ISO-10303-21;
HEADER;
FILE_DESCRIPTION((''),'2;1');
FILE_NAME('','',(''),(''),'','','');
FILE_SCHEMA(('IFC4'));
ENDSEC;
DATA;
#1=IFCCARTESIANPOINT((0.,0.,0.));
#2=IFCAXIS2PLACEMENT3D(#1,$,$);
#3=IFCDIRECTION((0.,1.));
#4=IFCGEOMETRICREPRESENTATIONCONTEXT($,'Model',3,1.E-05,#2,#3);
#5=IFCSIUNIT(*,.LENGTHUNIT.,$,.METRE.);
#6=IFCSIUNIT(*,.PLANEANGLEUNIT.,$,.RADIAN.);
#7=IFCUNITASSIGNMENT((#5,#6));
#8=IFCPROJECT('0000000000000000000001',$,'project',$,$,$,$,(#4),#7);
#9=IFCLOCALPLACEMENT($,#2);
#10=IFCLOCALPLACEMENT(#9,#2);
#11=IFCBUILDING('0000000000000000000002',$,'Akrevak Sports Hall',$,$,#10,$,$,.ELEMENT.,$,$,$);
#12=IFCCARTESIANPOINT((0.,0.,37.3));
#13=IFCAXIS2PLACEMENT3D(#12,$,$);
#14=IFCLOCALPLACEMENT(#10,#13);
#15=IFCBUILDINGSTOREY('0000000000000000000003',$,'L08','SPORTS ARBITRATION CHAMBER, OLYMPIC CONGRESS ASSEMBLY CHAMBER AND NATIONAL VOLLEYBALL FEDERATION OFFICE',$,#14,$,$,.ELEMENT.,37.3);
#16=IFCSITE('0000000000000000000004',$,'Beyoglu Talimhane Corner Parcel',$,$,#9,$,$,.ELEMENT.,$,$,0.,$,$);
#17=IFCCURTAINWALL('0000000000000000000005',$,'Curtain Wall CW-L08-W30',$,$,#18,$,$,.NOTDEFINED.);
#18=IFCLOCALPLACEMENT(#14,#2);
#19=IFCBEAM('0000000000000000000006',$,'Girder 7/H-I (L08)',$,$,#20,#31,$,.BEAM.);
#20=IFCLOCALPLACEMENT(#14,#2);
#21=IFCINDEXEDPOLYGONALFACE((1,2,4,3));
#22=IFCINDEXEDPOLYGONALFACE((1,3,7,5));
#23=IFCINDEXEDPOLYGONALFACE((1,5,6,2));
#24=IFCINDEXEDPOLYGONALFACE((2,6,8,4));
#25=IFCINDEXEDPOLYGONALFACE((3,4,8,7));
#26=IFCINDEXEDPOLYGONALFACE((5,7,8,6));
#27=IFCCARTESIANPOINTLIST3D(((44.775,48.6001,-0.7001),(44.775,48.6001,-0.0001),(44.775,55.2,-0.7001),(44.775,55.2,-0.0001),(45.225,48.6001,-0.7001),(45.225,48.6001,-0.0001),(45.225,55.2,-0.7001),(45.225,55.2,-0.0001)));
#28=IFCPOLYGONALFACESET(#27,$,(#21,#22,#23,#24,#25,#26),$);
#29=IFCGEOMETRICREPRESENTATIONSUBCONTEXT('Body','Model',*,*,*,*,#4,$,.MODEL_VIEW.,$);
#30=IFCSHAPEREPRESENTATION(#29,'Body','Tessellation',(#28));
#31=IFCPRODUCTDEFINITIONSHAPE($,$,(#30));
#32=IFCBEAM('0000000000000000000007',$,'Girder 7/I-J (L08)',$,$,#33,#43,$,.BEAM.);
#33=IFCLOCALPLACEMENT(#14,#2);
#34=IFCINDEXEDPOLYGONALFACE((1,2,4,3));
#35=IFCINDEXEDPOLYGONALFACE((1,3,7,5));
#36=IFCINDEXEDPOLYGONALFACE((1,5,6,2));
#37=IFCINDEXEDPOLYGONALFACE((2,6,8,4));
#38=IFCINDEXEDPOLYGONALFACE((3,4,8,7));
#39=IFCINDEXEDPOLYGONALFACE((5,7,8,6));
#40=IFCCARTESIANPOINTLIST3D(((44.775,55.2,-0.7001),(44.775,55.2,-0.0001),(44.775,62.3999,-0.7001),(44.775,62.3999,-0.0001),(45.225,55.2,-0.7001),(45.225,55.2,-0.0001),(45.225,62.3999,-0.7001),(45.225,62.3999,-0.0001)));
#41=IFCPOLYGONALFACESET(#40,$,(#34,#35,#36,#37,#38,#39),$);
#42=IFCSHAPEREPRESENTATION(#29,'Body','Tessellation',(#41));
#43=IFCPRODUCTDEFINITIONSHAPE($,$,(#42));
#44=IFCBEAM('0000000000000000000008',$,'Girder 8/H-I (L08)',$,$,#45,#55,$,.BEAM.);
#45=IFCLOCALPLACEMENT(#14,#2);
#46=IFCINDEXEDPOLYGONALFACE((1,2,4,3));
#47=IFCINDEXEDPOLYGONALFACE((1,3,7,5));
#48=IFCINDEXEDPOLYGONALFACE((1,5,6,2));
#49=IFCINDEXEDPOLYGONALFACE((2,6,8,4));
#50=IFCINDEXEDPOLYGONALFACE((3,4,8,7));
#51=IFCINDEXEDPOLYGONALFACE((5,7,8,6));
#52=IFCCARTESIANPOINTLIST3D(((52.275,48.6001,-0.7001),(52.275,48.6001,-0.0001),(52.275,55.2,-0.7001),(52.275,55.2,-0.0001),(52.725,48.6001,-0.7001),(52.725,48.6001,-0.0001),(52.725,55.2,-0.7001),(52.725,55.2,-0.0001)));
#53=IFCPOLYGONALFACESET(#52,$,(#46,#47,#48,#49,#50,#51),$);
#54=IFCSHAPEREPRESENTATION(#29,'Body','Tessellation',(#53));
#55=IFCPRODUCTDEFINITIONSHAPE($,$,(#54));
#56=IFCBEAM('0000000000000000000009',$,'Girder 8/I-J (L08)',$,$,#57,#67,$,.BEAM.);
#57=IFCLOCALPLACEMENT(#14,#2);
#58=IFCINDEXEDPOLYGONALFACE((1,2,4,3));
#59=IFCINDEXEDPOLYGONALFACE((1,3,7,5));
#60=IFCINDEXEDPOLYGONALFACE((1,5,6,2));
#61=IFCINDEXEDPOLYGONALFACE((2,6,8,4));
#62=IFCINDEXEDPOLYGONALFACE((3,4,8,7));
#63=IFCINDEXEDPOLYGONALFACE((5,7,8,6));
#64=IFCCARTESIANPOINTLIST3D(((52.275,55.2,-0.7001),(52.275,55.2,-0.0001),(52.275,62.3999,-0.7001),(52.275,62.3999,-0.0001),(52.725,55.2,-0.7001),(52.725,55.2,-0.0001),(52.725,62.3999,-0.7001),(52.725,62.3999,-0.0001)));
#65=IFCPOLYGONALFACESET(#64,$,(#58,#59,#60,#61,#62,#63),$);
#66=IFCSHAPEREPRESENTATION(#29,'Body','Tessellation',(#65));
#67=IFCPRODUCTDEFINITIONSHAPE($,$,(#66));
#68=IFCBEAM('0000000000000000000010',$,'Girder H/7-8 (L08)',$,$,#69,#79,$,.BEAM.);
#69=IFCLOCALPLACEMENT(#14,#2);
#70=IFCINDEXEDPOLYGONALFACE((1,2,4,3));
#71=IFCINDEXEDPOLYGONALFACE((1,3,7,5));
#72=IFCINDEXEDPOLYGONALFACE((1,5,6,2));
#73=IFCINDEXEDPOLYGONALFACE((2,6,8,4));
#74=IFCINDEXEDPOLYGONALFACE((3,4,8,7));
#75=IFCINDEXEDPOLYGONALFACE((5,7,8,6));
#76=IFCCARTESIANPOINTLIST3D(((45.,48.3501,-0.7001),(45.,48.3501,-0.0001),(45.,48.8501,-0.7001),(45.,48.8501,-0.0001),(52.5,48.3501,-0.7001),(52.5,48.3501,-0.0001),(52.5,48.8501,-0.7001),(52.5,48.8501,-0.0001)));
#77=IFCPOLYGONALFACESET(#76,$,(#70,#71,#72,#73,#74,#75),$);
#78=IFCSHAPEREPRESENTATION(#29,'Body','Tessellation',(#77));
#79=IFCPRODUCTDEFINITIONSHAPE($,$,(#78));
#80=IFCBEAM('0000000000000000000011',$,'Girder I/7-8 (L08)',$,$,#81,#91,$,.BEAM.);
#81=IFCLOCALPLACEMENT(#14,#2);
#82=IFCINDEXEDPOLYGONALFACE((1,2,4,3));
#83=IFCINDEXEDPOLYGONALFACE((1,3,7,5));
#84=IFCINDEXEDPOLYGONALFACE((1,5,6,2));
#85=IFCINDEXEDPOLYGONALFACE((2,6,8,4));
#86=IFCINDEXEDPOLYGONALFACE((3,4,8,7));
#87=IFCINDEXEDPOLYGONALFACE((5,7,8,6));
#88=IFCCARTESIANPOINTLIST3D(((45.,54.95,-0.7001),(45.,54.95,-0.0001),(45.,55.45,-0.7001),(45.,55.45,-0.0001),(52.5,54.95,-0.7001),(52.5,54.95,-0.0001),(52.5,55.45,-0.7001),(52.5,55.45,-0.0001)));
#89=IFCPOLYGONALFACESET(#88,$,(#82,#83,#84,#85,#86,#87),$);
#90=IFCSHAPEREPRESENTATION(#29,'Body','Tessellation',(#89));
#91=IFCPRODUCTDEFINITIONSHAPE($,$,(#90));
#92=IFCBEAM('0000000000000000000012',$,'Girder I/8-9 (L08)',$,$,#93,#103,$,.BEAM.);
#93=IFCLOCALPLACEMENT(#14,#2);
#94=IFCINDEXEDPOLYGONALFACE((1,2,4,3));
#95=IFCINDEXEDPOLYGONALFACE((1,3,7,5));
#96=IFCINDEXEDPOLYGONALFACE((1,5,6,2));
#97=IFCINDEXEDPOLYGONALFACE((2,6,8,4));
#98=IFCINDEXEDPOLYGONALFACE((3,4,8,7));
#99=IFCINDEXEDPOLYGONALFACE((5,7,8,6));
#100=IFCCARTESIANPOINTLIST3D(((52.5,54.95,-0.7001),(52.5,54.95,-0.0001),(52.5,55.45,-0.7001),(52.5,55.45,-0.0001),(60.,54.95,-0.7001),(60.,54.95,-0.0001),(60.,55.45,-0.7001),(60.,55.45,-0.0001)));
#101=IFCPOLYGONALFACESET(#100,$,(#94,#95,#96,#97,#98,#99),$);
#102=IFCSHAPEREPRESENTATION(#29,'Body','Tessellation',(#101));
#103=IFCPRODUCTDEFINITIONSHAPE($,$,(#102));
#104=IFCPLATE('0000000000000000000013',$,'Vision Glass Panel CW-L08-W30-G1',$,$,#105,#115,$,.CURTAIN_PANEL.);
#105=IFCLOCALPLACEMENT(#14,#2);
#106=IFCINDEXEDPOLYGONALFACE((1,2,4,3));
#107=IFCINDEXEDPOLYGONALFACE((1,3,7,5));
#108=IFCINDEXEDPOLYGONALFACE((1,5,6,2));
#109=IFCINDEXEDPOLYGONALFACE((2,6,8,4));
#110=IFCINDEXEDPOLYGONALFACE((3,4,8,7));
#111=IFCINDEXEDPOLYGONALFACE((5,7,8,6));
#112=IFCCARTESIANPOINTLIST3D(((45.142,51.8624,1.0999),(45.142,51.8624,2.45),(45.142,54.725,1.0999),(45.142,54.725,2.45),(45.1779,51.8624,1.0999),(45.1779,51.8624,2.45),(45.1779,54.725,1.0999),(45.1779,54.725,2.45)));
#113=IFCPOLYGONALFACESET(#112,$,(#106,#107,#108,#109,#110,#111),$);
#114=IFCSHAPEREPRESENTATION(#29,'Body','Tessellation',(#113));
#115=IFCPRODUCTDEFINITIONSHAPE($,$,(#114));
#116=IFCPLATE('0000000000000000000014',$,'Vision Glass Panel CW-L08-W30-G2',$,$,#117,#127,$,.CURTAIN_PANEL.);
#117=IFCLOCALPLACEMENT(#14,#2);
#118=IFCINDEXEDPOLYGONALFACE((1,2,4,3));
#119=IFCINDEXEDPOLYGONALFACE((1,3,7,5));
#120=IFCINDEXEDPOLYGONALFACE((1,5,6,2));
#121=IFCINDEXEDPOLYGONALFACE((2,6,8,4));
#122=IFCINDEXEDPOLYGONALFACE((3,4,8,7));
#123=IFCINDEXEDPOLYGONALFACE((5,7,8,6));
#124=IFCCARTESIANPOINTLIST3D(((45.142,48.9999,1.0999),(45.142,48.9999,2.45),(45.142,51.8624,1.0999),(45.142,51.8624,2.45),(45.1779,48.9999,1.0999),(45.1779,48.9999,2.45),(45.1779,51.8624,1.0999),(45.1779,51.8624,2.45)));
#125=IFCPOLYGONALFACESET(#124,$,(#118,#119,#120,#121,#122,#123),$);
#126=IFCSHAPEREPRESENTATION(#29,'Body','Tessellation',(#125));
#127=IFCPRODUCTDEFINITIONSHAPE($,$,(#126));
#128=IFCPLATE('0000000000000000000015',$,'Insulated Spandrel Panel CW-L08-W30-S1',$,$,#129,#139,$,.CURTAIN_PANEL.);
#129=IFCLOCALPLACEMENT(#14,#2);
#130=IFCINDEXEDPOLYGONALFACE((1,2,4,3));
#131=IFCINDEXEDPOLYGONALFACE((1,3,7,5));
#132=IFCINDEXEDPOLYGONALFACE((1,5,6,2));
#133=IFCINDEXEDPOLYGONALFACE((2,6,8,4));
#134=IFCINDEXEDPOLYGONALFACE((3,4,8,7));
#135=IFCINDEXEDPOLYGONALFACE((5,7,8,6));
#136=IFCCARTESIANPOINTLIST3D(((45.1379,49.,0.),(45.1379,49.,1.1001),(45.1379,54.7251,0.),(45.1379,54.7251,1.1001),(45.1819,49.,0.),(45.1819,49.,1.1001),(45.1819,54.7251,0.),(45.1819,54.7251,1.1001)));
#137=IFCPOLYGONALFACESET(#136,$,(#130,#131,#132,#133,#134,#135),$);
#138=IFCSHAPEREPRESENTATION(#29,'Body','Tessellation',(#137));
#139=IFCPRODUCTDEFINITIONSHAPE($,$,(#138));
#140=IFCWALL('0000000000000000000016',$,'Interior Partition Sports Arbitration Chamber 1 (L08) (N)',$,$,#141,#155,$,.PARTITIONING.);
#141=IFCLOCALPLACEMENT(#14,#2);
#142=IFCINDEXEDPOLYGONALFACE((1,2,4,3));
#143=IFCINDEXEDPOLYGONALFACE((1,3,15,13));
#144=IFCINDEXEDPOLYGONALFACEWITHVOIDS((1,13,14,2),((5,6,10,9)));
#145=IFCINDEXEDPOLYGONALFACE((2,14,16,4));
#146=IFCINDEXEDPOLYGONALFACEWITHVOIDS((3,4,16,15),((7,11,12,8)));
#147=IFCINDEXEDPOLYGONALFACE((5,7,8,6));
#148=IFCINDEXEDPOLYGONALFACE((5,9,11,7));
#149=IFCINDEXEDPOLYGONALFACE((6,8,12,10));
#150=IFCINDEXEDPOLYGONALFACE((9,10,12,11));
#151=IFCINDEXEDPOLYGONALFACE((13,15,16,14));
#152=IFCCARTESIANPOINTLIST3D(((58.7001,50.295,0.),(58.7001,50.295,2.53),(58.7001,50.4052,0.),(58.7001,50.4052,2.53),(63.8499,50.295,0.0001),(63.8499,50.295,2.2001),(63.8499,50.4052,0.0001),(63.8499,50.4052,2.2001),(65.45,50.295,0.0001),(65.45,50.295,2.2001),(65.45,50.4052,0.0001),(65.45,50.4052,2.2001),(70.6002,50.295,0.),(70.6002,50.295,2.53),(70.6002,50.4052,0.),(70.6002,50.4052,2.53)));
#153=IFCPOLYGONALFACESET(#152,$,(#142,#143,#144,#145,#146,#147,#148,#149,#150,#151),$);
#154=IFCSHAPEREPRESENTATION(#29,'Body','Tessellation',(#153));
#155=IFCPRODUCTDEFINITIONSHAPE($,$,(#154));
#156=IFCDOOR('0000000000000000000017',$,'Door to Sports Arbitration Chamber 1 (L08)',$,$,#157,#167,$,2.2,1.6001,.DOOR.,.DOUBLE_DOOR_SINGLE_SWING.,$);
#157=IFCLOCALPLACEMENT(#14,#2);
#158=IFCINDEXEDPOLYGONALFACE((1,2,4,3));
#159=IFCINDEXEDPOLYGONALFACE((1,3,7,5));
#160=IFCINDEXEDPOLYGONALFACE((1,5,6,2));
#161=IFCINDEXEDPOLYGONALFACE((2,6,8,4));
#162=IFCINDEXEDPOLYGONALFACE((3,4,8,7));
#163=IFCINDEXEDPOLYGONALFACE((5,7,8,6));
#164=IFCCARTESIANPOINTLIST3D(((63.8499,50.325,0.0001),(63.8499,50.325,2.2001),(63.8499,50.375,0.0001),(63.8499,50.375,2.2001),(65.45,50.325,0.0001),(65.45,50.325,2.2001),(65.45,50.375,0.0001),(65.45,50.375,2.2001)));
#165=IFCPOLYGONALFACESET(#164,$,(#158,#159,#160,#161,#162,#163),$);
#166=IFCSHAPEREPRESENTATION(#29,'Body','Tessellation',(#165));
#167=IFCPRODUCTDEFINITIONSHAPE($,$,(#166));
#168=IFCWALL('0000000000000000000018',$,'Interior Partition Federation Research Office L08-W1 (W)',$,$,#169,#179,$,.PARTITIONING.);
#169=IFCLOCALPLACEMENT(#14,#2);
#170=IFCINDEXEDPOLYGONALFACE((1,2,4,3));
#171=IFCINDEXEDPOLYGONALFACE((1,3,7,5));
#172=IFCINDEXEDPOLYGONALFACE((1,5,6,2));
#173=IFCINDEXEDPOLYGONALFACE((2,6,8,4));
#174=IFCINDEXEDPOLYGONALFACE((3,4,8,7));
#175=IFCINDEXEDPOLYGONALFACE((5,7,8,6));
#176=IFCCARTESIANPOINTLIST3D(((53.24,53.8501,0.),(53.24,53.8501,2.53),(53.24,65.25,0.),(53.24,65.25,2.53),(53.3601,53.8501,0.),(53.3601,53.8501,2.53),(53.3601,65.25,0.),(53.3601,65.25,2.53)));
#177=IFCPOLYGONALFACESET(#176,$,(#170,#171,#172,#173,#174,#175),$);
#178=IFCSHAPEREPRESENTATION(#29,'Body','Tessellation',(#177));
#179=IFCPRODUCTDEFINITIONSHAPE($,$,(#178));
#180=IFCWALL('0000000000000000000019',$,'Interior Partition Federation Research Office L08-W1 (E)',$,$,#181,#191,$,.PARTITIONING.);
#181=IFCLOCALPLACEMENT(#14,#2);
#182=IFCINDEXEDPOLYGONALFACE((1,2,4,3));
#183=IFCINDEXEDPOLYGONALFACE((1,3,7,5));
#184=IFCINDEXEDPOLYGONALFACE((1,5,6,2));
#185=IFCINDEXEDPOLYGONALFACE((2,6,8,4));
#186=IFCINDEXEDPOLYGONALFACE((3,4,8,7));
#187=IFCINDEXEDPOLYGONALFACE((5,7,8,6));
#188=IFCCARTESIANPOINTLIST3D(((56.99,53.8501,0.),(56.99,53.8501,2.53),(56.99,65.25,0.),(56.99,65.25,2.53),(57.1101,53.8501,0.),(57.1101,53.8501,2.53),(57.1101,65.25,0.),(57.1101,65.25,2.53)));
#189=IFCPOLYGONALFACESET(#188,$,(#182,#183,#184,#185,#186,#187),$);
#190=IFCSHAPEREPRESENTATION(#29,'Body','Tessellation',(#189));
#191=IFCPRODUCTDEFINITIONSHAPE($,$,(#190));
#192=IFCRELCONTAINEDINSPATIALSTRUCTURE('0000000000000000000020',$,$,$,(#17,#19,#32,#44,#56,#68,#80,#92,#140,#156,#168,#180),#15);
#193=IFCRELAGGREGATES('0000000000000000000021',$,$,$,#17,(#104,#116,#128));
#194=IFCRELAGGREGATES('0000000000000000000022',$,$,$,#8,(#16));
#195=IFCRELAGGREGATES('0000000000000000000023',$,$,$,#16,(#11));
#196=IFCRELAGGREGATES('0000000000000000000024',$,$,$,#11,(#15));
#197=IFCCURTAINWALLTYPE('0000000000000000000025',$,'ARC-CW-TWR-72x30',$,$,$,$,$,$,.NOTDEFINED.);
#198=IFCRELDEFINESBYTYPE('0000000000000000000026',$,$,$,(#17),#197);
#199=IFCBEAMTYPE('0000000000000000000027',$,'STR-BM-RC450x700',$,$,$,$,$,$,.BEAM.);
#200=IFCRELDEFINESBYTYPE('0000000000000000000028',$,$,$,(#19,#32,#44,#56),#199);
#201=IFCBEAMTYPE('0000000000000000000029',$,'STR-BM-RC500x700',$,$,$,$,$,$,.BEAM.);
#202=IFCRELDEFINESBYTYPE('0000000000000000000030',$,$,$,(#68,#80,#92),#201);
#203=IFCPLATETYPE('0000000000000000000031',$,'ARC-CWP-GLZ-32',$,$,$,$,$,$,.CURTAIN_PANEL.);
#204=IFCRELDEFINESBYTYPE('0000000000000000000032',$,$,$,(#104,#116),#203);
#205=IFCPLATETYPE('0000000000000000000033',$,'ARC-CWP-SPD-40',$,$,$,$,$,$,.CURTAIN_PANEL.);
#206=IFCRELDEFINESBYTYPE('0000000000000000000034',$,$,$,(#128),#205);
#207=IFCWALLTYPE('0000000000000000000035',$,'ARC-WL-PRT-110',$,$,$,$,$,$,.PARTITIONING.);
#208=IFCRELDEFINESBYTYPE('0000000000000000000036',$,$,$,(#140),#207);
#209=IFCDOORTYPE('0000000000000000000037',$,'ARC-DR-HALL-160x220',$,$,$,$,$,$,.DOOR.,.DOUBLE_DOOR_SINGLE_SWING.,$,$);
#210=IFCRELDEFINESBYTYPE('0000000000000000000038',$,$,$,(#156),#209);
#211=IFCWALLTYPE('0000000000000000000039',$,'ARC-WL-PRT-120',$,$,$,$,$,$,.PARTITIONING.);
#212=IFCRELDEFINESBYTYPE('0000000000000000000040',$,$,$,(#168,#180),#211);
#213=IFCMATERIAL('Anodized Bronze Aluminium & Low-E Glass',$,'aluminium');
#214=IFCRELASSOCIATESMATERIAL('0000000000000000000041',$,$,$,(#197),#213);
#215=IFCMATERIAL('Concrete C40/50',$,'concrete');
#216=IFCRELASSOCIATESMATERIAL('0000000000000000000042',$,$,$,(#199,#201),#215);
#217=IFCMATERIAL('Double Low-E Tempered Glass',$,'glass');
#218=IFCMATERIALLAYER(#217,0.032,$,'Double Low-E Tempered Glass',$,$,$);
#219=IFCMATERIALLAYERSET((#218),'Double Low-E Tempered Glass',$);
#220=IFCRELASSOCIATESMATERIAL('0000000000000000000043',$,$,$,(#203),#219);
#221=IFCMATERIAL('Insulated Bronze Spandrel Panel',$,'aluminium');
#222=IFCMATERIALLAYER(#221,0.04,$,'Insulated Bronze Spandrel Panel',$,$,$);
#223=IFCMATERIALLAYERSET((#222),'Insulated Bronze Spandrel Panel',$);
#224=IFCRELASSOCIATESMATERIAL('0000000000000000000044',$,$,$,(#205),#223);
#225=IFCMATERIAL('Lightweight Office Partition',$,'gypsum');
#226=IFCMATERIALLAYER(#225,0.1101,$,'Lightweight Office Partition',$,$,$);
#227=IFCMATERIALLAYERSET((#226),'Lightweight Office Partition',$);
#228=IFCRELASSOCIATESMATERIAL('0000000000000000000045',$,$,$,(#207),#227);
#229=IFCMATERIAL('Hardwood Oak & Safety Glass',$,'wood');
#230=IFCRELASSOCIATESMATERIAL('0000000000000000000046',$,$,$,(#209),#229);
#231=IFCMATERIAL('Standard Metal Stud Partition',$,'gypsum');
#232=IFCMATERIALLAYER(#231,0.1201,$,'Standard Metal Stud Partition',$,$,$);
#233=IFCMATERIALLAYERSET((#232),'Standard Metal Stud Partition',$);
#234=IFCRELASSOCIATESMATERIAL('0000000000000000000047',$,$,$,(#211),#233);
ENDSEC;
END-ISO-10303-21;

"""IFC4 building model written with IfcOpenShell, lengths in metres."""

from ifc_helpers import new_model, si_unit, direction, frame, frame_2d, origin, origin_2d, place, context, subcontext, project, spatial, rectangle, extrude, material, layer, layer_set, material_profile, profile_set, type_object, element, fill, aggregate, save


model = new_model("IFC4")

# Units and contexts
model_context = context("Model", 3, precision=1e-05, world=origin(), true_north=direction((0.0, 1.0)))
body_context = subcontext(model_context, "Body", "Model", "MODEL_VIEW")
ifc_project = project(units=[si_unit("LENGTHUNIT", "METRE"), si_unit("PLANEANGLEUNIT", "RADIAN")], contexts=[model_context])

# Site, building, storey
site_placement = place(None, origin())
site = spatial("IfcSite", under=ifc_project, at=site_placement, Name="Beyoglu Talimhane Corner Parcel", CompositionType="ELEMENT", RefElevation=0.0)
building_placement = place(site_placement, origin())
building = spatial("IfcBuilding", under=site, at=building_placement, Name="Akrevak Sports Hall", CompositionType="ELEMENT")
storey_placement = place(building_placement, frame((0.0, 0.0, 37.3)))
storey = spatial("IfcBuildingStorey", under=building, at=storey_placement, Name="L08", Description="SPORTS ARBITRATION CHAMBER, OLYMPIC CONGRESS ASSEMBLY CHAMBER AND NATIONAL VOLLEYBALL FEDERATION OFFICE", CompositionType="ELEMENT", Elevation=37.3)

# Shared definitions
ifc_material_1 = material(Name="Concrete C40/50", Category="concrete")

# Curtain wall
ifc_material_2 = material(Name="Anodized Bronze Aluminium & Low-E Glass", Category="aluminium")
curtain_wall_type = type_object("IfcCurtainWallType", Name="ARC-CW-TWR-72x30", PredefinedType="NOTDEFINED", material=ifc_material_2)
curtain_wall_1_placement = place(storey_placement, origin())
curtain_wall_1 = element("IfcCurtainWall", 1, at=curtain_wall_1_placement, inside=storey, type_object=curtain_wall_type, Name="Curtain Wall CW-L08-W30", PredefinedType="NOTDEFINED")

# Beams
ifc_material_profile_1 = material_profile(ifc_material_1, rectangle(XDim=0.45, YDim=0.7, at=origin_2d()), Name="BM 450x700", Category="concrete")
ifc_profile_set_1 = profile_set([ifc_material_profile_1], Name="Concrete C40/50")
beam_type_1 = type_object("IfcBeamType", Name="STR-BM-RC450x700", PredefinedType="BEAM", material=ifc_profile_set_1)
beam_1_placement = place(storey_placement, frame((45.0, 48.6001, -0.3501), z_axis=(0.0, 1.0, 0.0), x_axis=(-1.0, 0.0, 0.0)))
element("IfcBeam", 2, at=beam_1_placement, inside=storey, type_object=beam_type_1, Name="Girder 7/H-I (L08)", PredefinedType="BEAM", context=body_context, shape_type="SweptSolid", body=[
    extrude(rectangle(XDim=0.45, YDim=0.7, at=origin_2d()), origin(), (0.0, 0.0, 1.0), 6.5999),
])
beam_2_placement = place(storey_placement, frame((45.0, 55.2, -0.3501), z_axis=(0.0, 1.0, 0.0), x_axis=(-1.0, 0.0, 0.0)))
element("IfcBeam", 3, at=beam_2_placement, inside=storey, type_object=beam_type_1, Name="Girder 7/I-J (L08)", PredefinedType="BEAM", context=body_context, shape_type="SweptSolid", body=[
    extrude(rectangle(XDim=0.45, YDim=0.7, at=origin_2d()), origin(), (0.0, 0.0, 1.0), 7.2),
])
beam_3_placement = place(storey_placement, frame((52.5, 48.6001, -0.3501), z_axis=(0.0, 1.0, 0.0), x_axis=(-1.0, 0.0, 0.0)))
element("IfcBeam", 4, at=beam_3_placement, inside=storey, type_object=beam_type_1, Name="Girder 8/H-I (L08)", PredefinedType="BEAM", context=body_context, shape_type="SweptSolid", body=[
    extrude(rectangle(XDim=0.45, YDim=0.7, at=origin_2d()), origin(), (0.0, 0.0, 1.0), 6.5999),
])
beam_4_placement = place(storey_placement, frame((52.5, 55.2, -0.3501), z_axis=(0.0, 1.0, 0.0), x_axis=(-1.0, 0.0, 0.0)))
element("IfcBeam", 5, at=beam_4_placement, inside=storey, type_object=beam_type_1, Name="Girder 8/I-J (L08)", PredefinedType="BEAM", context=body_context, shape_type="SweptSolid", body=[
    extrude(rectangle(XDim=0.45, YDim=0.7, at=origin_2d()), origin(), (0.0, 0.0, 1.0), 7.2),
])
ifc_material_profile_2 = material_profile(ifc_material_1, rectangle(XDim=0.5, YDim=0.7, at=origin_2d()), Name="BM 500x700", Category="concrete")
ifc_profile_set_2 = profile_set([ifc_material_profile_2], Name="Concrete C40/50")
beam_type_2 = type_object("IfcBeamType", Name="STR-BM-RC500x700", PredefinedType="BEAM", material=ifc_profile_set_2)
for number, where, z_axis, x_axis, name in (
    (6, (45.0, 48.6001, -0.3501), (1.0, 0.0, 0.0), (0.0, 1.0, 0.0), "Girder H/7-8 (L08)"),
    (7, (45.0, 55.2, -0.3501), (1.0, 0.0, 0.0), (0.0, 1.0, 0.0), "Girder I/7-8 (L08)"),
    (8, (52.5, 55.2, -0.3501), (1.0, 0.0, 0.0), (0.0, 1.0, 0.0), "Girder I/8-9 (L08)"),
):
    element("IfcBeam", number, at=place(storey_placement, frame(where, z_axis=z_axis, x_axis=x_axis)), inside=storey, type_object=beam_type_2, Name=name, PredefinedType="BEAM", context=body_context, shape_type="SweptSolid", body=[
        extrude(rectangle(XDim=0.5, YDim=0.7, at=origin_2d()), origin(), (0.0, 0.0, 1.0), 7.5),
    ])

# Plates
ifc_material_3 = material(Name="Double Low-E Tempered Glass", Category="glass")
ifc_layer_1 = layer(ifc_material_3, 0.032, Name="Double Low-E Tempered Glass")
ifc_layer_set_1 = layer_set([ifc_layer_1], Name="Double Low-E Tempered Glass")
plate_type_1 = type_object("IfcPlateType", Name="ARC-CWP-GLZ-32", PredefinedType="CURTAIN_PANEL", material=ifc_layer_set_1)
plate_1_placement = place(storey_placement, frame((45.1599, 53.2937, 1.0999), z_axis=(0.0, 0.0, 1.0), x_axis=(0.0, -1.0, 0.0)))
plate_1 = element("IfcPlate", 9, at=plate_1_placement, type_object=plate_type_1, Name="Vision Glass Panel CW-L08-W30-G1", PredefinedType="CURTAIN_PANEL", context=body_context, shape_type="SweptSolid", body=[
    extrude(rectangle(XDim=2.8625, YDim=0.0359, at=origin_2d()), origin(), (0.0, 0.0, 1.0), 1.3501),
])
plate_2_placement = place(storey_placement, frame((45.1599, 50.4312, 1.0999), z_axis=(0.0, 0.0, 1.0), x_axis=(0.0, -1.0, 0.0)))
plate_2 = element("IfcPlate", 10, at=plate_2_placement, type_object=plate_type_1, Name="Vision Glass Panel CW-L08-W30-G2", PredefinedType="CURTAIN_PANEL", context=body_context, shape_type="SweptSolid", body=[
    extrude(rectangle(XDim=2.8625, YDim=0.0359, at=origin_2d()), origin(), (0.0, 0.0, 1.0), 1.3501),
])
ifc_material_4 = material(Name="Insulated Bronze Spandrel Panel", Category="aluminium")
ifc_layer_2 = layer(ifc_material_4, 0.04, Name="Insulated Bronze Spandrel Panel")
ifc_layer_set_2 = layer_set([ifc_layer_2], Name="Insulated Bronze Spandrel Panel")
plate_type_2 = type_object("IfcPlateType", Name="ARC-CWP-SPD-40", PredefinedType="CURTAIN_PANEL", material=ifc_layer_set_2)
plate_3_placement = place(storey_placement, frame((45.1599, 51.8625, 0.0), z_axis=(0.0, 0.0, 1.0), x_axis=(0.0, -1.0, 0.0)))
plate_3 = element("IfcPlate", 11, at=plate_3_placement, type_object=plate_type_2, Name="Insulated Spandrel Panel CW-L08-W30-S1", PredefinedType="CURTAIN_PANEL", context=body_context, shape_type="SweptSolid", body=[
    extrude(rectangle(XDim=5.7251, YDim=0.0439, at=origin_2d()), origin(), (0.0, 0.0, 1.0), 1.1001),
])
aggregate(curtain_wall_1, [plate_1, plate_2, plate_3])

# Wall, opening, door
ifc_material_5 = material(Name="Lightweight Office Partition", Category="gypsum")
ifc_layer_3 = layer(ifc_material_5, 0.1101, Name="Lightweight Office Partition")
ifc_layer_set_3 = layer_set([ifc_layer_3], Name="Lightweight Office Partition")
wall_type_1 = type_object("IfcWallType", Name="ARC-WL-PRT-110", PredefinedType="PARTITIONING", material=ifc_layer_set_3)
wall_1_placement = place(storey_placement, frame((58.7, 50.3501, 0.0), z_axis=(0.0, 0.0, 1.0), x_axis=(1.0, 0.0, 0.0)))
wall_1 = element("IfcWall", 12, at=wall_1_placement, inside=storey, type_object=wall_type_1, Name="Interior Partition Sports Arbitration Chamber 1 (L08) (N)", PredefinedType="PARTITIONING", context=body_context, shape_type="SweptSolid", body=[
    extrude(rectangle(XDim=11.9001, YDim=0.1101, at=frame_2d((5.9502, 0.0))), origin(), (0.0, 0.0, 1.0), 2.53),
])
opening_1_placement = place(wall_1_placement, frame((5.1499, 0.0, 0.0)))
opening_1 = element("IfcOpeningElement", 13, at=opening_1_placement, cuts=wall_1, PredefinedType="OPENING", context=body_context, shape_type="SweptSolid", body=[
    extrude(rectangle(XDim=1.6001, YDim=2.2, at=frame_2d((0.8, 1.1001))), frame((0.0, 0.0669, 0.0), z_axis=(0.0, -1.0, 0.0), x_axis=(1.0, 0.0, 0.0)), (0.0, 0.0, 1.0), 0.134),
])
ifc_material_6 = material(Name="Hardwood Oak & Safety Glass", Category="wood")
door_type_1 = type_object("IfcDoorType", Name="ARC-DR-HALL-160x220", OperationType="DOUBLE_DOOR_SINGLE_SWING", PredefinedType="DOOR", material=ifc_material_6)
door_1_placement = place(opening_1_placement, origin())
door_1 = element("IfcDoor", 14, at=door_1_placement, inside=storey, type_object=door_type_1, Name="Door to Sports Arbitration Chamber 1 (L08)", OperationType="DOUBLE_DOOR_SINGLE_SWING", OverallHeight=2.2, OverallWidth=1.6001, PredefinedType="DOOR", context=body_context, shape_type="SweptSolid", body=[
    extrude(rectangle(XDim=1.6001, YDim=2.2, at=frame_2d((0.8, 1.1001))), frame((0.0, 0.0249, 0.0), z_axis=(0.0, -1.0, 0.0), x_axis=(1.0, 0.0, 0.0)), (0.0, 0.0, 1.0), 0.05),
])
fill(opening_1, door_1)
ifc_material_7 = material(Name="Standard Metal Stud Partition", Category="gypsum")
ifc_layer_4 = layer(ifc_material_7, 0.1201, Name="Standard Metal Stud Partition")
ifc_layer_set_4 = layer_set([ifc_layer_4], Name="Standard Metal Stud Partition")
wall_type_2 = type_object("IfcWallType", Name="ARC-WL-PRT-120", PredefinedType="PARTITIONING", material=ifc_layer_set_4)

# Walls
for number, where, z_axis, x_axis, name in (
    (15, (53.3, 53.8501, 0.0), (0.0, 0.0, 1.0), (0.0, 1.0, 0.0), "Interior Partition Federation Research Office L08-W1 (W)"),
    (16, (57.05, 53.8501, 0.0), (0.0, 0.0, 1.0), (0.0, 1.0, 0.0), "Interior Partition Federation Research Office L08-W1 (E)"),
):
    element("IfcWall", number, at=place(storey_placement, frame(where, z_axis=z_axis, x_axis=x_axis)), inside=storey, type_object=wall_type_2, Name=name, PredefinedType="PARTITIONING", context=body_context, shape_type="SweptSolid", body=[
        extrude(rectangle(XDim=11.3999, YDim=0.1201, at=frame_2d((5.7, 0.0))), origin(), (0.0, 0.0, 1.0), 2.53),
    ])

save(model, "model.ifc")
